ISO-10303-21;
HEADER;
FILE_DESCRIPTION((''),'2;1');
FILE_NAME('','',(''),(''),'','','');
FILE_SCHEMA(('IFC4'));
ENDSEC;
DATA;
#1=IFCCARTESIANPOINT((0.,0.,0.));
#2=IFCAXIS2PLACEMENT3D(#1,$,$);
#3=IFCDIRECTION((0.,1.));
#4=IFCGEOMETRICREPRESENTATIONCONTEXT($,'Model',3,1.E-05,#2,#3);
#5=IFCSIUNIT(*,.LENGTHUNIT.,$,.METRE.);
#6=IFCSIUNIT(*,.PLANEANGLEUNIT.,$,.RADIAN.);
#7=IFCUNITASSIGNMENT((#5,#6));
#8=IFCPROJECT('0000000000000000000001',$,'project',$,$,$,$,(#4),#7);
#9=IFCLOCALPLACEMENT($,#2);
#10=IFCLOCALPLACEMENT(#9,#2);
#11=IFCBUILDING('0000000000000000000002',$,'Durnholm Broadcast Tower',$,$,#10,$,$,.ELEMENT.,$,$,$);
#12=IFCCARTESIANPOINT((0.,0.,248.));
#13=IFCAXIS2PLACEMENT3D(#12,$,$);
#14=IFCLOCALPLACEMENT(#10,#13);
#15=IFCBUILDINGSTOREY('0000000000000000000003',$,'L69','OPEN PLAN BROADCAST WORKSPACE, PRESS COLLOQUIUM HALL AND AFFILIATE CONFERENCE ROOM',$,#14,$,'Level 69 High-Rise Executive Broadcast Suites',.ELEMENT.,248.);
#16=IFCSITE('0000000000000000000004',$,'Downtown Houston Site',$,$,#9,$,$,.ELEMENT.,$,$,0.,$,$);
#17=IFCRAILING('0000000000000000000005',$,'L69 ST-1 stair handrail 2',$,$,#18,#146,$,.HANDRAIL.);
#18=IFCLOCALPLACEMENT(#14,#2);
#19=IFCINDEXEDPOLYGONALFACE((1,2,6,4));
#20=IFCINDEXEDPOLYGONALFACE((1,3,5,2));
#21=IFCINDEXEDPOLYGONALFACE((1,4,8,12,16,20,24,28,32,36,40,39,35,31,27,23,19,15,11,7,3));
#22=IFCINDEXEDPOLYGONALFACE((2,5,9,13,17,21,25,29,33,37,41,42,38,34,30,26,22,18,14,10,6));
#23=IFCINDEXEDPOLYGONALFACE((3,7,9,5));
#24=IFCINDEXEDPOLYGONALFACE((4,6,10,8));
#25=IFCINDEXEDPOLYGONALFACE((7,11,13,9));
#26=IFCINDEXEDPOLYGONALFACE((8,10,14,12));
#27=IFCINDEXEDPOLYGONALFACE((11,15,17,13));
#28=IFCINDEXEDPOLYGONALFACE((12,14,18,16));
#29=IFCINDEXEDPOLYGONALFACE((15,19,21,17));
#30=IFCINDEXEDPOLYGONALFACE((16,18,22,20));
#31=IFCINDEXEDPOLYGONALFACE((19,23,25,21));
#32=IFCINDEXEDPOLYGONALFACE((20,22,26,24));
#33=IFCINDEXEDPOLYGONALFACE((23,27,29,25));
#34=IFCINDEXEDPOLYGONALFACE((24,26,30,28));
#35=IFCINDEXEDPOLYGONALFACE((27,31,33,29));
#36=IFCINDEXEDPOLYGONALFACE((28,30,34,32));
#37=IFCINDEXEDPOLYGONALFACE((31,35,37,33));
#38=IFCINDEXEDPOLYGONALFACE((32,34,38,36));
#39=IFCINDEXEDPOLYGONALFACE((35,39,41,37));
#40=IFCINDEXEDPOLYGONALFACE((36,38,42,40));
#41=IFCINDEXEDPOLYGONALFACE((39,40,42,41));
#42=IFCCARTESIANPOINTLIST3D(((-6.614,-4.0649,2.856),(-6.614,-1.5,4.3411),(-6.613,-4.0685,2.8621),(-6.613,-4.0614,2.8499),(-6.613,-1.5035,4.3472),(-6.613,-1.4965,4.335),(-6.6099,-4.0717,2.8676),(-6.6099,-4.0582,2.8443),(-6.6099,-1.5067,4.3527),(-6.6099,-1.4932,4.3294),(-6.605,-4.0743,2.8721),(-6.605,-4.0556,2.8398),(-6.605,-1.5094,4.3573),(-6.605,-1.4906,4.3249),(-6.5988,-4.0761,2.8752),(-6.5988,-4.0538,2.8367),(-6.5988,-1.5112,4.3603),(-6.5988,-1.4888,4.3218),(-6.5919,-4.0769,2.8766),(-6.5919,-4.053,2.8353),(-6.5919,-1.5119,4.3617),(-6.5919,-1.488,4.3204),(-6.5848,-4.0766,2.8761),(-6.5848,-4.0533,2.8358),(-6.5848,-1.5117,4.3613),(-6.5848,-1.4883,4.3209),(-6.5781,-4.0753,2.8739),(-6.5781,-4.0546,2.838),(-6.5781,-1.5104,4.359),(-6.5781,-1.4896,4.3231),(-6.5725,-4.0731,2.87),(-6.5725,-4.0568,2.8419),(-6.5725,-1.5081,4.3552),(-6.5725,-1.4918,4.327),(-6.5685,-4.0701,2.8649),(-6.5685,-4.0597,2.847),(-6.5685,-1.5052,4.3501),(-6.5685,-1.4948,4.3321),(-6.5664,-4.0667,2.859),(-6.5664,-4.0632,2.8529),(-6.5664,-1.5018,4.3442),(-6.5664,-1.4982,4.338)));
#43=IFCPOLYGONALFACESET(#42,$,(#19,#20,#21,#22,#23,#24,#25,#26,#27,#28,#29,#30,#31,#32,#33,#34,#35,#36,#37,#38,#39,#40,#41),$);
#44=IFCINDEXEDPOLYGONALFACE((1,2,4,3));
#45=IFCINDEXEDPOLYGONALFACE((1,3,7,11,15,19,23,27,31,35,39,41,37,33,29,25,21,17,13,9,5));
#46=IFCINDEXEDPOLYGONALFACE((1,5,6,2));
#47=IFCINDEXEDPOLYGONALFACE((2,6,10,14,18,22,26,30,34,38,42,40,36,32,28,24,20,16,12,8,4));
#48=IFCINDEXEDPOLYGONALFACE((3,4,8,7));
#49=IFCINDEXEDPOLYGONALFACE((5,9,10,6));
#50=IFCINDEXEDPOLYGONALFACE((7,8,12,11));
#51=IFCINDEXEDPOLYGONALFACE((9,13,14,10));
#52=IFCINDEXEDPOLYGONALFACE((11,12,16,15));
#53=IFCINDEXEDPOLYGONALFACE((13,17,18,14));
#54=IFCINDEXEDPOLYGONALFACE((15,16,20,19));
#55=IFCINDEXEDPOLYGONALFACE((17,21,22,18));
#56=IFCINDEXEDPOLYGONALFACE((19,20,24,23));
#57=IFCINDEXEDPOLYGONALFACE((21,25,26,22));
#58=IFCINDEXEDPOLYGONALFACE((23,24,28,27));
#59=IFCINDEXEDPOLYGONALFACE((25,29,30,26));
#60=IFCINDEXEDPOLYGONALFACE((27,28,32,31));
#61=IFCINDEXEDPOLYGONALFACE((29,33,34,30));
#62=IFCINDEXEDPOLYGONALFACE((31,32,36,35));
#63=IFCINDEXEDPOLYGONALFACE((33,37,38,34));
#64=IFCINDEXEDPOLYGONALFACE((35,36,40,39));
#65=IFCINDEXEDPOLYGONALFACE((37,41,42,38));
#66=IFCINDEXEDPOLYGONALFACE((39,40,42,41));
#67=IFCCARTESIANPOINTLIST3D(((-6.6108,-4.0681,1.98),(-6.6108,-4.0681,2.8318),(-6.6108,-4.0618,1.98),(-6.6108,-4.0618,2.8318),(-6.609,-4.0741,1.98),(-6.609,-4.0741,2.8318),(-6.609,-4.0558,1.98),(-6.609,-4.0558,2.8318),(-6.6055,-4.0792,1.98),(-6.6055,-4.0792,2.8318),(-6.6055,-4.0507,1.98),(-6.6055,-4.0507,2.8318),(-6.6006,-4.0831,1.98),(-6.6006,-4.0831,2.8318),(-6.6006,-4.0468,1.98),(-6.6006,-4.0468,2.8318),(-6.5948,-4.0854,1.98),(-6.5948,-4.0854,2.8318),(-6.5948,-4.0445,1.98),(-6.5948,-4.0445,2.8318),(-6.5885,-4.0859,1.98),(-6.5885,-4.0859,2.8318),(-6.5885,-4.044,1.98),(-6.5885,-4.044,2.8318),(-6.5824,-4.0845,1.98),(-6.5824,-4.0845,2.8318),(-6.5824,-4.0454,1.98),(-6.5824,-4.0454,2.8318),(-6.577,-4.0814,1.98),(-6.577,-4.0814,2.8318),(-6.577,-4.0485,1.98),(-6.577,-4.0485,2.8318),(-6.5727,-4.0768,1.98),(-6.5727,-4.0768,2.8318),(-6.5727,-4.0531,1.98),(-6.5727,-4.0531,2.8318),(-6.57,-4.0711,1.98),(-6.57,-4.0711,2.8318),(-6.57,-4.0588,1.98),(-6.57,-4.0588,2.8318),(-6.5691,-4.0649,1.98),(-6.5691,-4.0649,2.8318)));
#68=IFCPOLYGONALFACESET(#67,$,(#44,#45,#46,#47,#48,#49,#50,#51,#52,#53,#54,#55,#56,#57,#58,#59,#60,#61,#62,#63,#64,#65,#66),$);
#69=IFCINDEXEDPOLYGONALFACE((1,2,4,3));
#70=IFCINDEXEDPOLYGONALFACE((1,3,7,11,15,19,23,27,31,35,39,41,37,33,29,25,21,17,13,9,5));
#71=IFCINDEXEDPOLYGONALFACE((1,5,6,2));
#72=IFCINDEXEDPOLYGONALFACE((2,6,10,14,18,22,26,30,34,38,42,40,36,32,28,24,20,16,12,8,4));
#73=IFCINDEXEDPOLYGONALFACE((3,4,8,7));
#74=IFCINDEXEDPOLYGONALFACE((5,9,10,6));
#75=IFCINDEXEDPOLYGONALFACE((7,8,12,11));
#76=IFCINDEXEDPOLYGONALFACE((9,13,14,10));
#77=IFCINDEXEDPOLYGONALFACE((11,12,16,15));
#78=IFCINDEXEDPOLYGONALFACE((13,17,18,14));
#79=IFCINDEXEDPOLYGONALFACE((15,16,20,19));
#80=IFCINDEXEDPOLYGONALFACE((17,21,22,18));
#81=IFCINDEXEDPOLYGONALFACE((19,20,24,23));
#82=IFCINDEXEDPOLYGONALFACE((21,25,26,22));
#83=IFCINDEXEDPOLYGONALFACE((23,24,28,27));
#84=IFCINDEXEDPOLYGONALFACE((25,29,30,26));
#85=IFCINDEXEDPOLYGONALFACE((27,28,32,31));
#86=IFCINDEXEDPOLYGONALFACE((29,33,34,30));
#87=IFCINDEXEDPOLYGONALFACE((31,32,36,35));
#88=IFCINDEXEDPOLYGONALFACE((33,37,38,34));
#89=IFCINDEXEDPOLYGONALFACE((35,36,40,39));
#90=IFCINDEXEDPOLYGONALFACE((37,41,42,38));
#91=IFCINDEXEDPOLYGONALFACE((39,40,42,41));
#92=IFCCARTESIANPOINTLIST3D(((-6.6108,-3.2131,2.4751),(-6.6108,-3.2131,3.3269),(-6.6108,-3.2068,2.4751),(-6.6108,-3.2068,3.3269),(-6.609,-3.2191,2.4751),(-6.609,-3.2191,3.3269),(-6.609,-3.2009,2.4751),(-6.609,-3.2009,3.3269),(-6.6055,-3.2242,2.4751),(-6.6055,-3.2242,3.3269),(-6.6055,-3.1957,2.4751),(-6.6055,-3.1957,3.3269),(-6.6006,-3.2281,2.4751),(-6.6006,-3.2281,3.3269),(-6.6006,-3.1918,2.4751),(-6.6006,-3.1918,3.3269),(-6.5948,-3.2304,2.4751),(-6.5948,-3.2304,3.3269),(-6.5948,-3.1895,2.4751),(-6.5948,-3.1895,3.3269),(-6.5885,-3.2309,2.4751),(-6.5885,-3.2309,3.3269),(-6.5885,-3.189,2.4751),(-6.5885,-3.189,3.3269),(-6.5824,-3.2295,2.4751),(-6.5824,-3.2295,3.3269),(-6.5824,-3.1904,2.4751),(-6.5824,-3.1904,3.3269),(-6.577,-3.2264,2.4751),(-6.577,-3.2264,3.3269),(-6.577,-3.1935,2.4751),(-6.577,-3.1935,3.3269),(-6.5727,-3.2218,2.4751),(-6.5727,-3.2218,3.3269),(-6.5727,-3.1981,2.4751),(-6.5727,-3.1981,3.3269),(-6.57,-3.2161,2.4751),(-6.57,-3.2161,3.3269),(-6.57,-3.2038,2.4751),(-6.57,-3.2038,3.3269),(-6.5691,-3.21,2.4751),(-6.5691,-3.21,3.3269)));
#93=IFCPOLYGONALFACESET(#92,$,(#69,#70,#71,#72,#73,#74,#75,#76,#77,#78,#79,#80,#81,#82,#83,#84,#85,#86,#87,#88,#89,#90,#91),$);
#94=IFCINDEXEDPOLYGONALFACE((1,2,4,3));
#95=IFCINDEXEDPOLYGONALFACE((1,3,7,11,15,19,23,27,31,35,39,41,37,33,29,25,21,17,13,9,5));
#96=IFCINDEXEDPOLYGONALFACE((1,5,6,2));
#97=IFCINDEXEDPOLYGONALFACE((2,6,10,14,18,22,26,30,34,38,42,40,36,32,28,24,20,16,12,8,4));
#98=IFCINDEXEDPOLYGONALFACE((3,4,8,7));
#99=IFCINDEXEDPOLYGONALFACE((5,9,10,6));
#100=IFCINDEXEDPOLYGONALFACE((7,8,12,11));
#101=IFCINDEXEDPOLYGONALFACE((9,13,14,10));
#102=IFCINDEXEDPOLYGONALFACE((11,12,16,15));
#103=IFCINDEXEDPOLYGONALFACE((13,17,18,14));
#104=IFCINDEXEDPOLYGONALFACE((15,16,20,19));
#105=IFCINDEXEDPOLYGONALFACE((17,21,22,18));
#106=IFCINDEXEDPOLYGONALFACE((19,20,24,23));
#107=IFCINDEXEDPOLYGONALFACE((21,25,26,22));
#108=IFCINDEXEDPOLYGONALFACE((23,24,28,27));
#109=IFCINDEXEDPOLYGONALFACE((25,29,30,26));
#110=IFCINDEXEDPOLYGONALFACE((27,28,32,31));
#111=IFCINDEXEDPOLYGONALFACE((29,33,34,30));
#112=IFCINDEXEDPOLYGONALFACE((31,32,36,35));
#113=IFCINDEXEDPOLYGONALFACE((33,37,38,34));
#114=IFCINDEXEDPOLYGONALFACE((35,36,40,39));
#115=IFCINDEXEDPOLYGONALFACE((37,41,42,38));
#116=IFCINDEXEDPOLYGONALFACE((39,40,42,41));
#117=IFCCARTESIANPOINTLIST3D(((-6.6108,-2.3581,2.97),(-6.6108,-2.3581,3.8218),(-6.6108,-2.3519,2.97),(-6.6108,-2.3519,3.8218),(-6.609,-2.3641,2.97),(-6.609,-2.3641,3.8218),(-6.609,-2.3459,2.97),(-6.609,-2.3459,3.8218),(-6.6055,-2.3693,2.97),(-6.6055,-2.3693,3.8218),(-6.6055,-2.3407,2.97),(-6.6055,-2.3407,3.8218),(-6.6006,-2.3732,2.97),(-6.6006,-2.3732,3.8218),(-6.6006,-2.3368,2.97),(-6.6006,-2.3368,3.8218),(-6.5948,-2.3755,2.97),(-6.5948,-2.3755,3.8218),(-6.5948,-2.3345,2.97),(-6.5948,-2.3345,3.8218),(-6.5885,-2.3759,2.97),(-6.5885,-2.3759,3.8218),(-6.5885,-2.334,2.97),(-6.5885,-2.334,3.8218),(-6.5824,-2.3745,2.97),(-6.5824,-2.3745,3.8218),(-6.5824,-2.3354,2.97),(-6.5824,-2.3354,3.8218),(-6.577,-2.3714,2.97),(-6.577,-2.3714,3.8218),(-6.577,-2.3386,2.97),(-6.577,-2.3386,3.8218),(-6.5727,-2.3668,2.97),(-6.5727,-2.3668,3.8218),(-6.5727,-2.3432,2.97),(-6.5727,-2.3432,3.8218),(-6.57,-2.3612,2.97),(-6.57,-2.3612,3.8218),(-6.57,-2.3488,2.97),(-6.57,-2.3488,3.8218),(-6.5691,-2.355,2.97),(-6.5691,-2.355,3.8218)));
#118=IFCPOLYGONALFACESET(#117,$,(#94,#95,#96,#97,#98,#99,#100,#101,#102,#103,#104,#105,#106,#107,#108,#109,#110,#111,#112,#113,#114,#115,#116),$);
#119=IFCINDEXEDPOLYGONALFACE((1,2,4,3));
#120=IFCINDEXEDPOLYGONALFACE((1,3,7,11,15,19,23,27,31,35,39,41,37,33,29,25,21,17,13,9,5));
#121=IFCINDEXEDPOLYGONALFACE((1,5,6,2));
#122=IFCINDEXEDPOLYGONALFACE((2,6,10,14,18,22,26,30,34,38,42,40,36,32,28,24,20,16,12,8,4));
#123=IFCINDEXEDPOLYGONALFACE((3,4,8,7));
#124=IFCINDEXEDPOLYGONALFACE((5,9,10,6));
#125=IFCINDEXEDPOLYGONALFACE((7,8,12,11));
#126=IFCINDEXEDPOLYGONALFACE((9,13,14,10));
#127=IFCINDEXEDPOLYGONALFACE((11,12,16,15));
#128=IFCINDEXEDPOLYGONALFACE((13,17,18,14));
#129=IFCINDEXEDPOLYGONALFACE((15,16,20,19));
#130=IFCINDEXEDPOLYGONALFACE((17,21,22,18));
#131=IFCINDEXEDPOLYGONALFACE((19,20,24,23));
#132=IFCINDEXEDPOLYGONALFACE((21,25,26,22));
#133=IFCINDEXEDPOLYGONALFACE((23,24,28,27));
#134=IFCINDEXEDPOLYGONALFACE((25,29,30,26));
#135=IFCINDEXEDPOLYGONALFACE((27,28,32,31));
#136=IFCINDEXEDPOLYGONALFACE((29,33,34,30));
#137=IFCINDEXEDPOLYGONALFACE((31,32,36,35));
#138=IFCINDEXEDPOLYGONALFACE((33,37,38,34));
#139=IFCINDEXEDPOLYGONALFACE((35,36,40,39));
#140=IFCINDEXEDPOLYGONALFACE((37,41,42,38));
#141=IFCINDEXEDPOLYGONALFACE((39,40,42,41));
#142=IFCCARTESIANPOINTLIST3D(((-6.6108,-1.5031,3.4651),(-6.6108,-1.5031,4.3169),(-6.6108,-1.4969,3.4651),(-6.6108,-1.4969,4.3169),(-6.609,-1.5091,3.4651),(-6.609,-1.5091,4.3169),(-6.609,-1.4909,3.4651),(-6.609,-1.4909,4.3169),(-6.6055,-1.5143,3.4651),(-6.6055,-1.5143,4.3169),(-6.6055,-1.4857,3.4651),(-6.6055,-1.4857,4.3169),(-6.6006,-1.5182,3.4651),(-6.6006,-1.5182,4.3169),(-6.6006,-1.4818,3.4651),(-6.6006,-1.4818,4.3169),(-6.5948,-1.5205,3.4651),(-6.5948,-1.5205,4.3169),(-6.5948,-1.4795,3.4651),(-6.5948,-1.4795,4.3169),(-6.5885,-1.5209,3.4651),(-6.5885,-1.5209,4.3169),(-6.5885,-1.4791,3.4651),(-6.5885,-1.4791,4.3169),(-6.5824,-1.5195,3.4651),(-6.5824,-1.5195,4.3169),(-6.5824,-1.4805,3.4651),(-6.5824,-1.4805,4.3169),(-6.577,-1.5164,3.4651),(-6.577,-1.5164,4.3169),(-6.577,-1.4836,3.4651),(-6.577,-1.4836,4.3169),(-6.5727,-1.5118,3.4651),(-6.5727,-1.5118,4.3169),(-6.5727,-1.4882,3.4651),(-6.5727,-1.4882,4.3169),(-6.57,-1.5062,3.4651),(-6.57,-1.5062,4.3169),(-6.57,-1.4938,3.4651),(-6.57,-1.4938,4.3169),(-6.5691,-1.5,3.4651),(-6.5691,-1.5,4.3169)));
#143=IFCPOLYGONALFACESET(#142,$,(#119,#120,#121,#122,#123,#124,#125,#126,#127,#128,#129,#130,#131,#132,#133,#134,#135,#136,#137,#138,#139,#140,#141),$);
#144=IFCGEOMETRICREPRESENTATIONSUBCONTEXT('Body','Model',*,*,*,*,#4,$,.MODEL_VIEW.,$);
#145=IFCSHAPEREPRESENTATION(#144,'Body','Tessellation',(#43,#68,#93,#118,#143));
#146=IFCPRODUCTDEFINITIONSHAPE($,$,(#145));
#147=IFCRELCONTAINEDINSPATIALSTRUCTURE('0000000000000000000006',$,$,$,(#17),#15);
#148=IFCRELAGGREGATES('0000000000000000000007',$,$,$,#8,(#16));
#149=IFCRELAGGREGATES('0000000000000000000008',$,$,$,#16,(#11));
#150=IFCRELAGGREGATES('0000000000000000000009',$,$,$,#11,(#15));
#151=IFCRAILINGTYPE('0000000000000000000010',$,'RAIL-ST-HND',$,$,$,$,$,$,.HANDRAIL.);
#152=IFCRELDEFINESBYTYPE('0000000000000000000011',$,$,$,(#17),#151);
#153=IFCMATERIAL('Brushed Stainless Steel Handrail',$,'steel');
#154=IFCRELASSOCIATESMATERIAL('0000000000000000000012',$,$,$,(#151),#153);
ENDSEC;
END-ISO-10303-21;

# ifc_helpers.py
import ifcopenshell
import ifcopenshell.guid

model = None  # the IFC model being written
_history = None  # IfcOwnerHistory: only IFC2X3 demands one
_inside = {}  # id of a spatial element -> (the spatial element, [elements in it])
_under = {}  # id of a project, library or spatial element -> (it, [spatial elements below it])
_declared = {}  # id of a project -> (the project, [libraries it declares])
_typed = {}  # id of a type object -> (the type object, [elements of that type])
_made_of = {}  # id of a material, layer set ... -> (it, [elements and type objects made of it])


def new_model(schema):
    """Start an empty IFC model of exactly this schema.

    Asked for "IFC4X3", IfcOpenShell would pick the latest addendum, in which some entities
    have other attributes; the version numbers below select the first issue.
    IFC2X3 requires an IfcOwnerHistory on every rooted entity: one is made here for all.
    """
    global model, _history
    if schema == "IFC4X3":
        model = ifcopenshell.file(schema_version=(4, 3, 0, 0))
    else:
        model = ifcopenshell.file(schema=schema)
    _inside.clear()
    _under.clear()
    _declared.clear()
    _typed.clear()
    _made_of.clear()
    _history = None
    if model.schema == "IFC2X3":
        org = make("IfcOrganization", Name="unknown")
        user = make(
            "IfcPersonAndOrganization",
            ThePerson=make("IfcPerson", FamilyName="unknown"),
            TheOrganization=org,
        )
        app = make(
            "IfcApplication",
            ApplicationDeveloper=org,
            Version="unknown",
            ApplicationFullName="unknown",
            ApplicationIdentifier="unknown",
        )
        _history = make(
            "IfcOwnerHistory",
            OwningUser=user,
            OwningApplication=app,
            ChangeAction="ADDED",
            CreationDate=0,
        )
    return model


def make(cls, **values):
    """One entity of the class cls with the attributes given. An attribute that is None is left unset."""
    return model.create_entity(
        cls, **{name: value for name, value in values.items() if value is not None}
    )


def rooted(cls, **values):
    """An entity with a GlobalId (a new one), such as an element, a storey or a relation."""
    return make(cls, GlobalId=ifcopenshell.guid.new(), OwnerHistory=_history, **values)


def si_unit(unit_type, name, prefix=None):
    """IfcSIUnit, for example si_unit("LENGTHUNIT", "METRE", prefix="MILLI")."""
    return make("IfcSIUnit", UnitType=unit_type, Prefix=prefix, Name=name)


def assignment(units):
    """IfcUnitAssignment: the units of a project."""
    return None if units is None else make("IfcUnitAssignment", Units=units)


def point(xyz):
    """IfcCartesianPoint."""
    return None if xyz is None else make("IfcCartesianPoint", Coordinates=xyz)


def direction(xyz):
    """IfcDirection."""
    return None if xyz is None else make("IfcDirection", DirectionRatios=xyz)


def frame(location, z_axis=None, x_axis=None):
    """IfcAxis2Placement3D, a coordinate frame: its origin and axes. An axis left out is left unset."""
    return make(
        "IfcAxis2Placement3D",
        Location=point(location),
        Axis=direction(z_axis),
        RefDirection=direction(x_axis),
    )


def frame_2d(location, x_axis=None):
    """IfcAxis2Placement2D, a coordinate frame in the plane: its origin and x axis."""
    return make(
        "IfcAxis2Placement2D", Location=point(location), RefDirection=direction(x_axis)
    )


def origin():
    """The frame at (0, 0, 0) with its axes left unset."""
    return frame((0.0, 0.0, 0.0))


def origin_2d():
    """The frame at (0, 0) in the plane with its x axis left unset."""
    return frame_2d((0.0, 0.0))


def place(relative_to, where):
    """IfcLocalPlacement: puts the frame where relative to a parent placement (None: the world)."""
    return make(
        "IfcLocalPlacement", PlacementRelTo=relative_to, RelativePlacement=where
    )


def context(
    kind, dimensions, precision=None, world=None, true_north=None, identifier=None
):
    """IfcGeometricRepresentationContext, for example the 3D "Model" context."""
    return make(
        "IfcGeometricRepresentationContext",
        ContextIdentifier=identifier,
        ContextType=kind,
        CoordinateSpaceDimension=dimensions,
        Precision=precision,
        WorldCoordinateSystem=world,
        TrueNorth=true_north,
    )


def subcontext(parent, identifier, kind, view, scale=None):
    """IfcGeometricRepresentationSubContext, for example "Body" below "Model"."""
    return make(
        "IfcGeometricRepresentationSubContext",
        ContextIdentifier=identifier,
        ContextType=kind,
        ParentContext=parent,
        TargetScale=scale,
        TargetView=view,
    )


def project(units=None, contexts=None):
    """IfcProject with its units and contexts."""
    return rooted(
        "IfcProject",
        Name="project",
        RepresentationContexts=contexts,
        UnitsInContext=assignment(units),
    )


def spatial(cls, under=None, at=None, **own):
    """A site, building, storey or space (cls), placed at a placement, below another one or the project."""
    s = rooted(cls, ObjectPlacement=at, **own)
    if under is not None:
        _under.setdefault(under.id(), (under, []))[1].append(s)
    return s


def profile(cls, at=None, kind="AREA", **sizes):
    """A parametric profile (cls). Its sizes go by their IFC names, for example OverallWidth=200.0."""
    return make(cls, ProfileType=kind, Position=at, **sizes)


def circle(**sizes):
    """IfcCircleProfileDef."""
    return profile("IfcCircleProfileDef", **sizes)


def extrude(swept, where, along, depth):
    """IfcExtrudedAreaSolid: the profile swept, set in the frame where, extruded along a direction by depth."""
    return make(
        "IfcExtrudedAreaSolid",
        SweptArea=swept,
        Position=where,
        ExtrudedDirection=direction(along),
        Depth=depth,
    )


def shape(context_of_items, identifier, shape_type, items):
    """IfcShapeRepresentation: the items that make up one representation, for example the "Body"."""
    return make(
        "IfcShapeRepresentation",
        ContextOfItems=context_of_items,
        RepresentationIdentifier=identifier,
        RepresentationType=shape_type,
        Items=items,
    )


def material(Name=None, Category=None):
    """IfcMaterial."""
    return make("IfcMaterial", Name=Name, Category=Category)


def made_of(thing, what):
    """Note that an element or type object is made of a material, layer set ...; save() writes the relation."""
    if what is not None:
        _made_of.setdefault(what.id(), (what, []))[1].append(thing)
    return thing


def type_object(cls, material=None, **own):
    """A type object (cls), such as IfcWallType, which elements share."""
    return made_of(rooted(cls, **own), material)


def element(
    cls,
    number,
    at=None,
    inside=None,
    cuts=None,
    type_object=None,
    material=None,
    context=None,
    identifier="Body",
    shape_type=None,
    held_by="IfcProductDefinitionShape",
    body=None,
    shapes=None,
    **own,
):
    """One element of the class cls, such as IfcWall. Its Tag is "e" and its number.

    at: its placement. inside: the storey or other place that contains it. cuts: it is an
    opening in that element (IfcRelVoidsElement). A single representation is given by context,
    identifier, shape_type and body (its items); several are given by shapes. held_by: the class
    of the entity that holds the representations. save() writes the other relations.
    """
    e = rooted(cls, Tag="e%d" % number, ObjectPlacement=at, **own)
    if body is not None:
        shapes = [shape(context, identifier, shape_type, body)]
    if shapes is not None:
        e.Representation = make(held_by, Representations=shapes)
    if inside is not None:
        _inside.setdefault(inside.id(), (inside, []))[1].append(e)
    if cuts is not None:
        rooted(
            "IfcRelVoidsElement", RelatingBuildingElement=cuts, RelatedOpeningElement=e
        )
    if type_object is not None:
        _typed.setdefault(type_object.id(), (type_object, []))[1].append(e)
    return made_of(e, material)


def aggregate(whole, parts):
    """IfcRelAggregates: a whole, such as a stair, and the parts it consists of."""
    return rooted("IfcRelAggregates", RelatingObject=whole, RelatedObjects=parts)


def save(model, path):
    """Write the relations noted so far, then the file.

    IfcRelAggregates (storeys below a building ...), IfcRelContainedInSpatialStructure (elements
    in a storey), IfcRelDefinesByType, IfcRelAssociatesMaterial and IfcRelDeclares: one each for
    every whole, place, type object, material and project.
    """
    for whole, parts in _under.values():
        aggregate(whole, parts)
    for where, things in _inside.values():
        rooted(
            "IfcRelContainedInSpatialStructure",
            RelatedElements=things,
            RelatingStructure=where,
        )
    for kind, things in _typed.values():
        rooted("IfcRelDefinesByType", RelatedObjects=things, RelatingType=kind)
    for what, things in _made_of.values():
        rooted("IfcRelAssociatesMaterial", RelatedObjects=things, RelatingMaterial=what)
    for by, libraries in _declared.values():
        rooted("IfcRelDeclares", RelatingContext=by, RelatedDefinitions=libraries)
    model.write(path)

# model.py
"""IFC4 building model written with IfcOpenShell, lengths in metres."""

from ifc_helpers import new_model, si_unit, direction, frame, origin, origin_2d, place, context, subcontext, project, spatial, circle, extrude, material, type_object, element, save


model = new_model("IFC4")

# Units and contexts
model_context = context("Model", 3, precision=1e-05, world=origin(), true_north=direction((0.0, 1.0)))
body_context = subcontext(model_context, "Body", "Model", "MODEL_VIEW")
ifc_project = project(units=[si_unit("LENGTHUNIT", "METRE"), si_unit("PLANEANGLEUNIT", "RADIAN")], contexts=[model_context])

# Site, building, storey
site_placement = place(None, origin())
site = spatial("IfcSite", under=ifc_project, at=site_placement, Name="Downtown Houston Site", CompositionType="ELEMENT", RefElevation=0.0)
building_placement = place(site_placement, origin())
building = spatial("IfcBuilding", under=site, at=building_placement, Name="Durnholm Broadcast Tower", CompositionType="ELEMENT")
storey_placement = place(building_placement, frame((0.0, 0.0, 248.0)))
storey = spatial("IfcBuildingStorey", under=building, at=storey_placement, Name="L69", Description="OPEN PLAN BROADCAST WORKSPACE, PRESS COLLOQUIUM HALL AND AFFILIATE CONFERENCE ROOM", LongName="Level 69 High-Rise Executive Broadcast Suites", CompositionType="ELEMENT", Elevation=248.0)

# Railing
ifc_material_1 = material(Name="Brushed Stainless Steel Handrail", Category="steel")
railing_type_1 = type_object("IfcRailingType", Name="RAIL-ST-HND", PredefinedType="HANDRAIL", material=ifc_material_1)
railing_1_placement = place(storey_placement, frame((-6.5901, -4.0649, 1.98)))
element("IfcRailing", 1, at=railing_1_placement, inside=storey, type_object=railing_type_1, Name="L69 ST-1 stair handrail 2", PredefinedType="HANDRAIL", context=body_context, shape_type="SweptSolid", body=[
    extrude(circle(Radius=0.0239, at=origin_2d()), frame((0.0, 0.0, 0.876), z_axis=(0.0, 0.865406, 0.501072), x_axis=(-1.0, 0.0, 0.0)), (0.0, 0.0, 1.0), 2.9639),
    extrude(circle(Radius=0.021, at=origin_2d()), origin(), (0.0, 0.0, 1.0), 0.8518),
    extrude(circle(Radius=0.021, at=origin_2d()), frame((0.0, 0.855, 0.4951)), (0.0, 0.0, 1.0), 0.8518),
    extrude(circle(Radius=0.021, at=origin_2d()), frame((0.0, 1.71, 0.99)), (0.0, 0.0, 1.0), 0.8518),
    extrude(circle(Radius=0.021, at=origin_2d()), frame((0.0, 2.5649, 1.4851)), (0.0, 0.0, 1.0), 0.8518),
])

save(model, "model.ifc")
